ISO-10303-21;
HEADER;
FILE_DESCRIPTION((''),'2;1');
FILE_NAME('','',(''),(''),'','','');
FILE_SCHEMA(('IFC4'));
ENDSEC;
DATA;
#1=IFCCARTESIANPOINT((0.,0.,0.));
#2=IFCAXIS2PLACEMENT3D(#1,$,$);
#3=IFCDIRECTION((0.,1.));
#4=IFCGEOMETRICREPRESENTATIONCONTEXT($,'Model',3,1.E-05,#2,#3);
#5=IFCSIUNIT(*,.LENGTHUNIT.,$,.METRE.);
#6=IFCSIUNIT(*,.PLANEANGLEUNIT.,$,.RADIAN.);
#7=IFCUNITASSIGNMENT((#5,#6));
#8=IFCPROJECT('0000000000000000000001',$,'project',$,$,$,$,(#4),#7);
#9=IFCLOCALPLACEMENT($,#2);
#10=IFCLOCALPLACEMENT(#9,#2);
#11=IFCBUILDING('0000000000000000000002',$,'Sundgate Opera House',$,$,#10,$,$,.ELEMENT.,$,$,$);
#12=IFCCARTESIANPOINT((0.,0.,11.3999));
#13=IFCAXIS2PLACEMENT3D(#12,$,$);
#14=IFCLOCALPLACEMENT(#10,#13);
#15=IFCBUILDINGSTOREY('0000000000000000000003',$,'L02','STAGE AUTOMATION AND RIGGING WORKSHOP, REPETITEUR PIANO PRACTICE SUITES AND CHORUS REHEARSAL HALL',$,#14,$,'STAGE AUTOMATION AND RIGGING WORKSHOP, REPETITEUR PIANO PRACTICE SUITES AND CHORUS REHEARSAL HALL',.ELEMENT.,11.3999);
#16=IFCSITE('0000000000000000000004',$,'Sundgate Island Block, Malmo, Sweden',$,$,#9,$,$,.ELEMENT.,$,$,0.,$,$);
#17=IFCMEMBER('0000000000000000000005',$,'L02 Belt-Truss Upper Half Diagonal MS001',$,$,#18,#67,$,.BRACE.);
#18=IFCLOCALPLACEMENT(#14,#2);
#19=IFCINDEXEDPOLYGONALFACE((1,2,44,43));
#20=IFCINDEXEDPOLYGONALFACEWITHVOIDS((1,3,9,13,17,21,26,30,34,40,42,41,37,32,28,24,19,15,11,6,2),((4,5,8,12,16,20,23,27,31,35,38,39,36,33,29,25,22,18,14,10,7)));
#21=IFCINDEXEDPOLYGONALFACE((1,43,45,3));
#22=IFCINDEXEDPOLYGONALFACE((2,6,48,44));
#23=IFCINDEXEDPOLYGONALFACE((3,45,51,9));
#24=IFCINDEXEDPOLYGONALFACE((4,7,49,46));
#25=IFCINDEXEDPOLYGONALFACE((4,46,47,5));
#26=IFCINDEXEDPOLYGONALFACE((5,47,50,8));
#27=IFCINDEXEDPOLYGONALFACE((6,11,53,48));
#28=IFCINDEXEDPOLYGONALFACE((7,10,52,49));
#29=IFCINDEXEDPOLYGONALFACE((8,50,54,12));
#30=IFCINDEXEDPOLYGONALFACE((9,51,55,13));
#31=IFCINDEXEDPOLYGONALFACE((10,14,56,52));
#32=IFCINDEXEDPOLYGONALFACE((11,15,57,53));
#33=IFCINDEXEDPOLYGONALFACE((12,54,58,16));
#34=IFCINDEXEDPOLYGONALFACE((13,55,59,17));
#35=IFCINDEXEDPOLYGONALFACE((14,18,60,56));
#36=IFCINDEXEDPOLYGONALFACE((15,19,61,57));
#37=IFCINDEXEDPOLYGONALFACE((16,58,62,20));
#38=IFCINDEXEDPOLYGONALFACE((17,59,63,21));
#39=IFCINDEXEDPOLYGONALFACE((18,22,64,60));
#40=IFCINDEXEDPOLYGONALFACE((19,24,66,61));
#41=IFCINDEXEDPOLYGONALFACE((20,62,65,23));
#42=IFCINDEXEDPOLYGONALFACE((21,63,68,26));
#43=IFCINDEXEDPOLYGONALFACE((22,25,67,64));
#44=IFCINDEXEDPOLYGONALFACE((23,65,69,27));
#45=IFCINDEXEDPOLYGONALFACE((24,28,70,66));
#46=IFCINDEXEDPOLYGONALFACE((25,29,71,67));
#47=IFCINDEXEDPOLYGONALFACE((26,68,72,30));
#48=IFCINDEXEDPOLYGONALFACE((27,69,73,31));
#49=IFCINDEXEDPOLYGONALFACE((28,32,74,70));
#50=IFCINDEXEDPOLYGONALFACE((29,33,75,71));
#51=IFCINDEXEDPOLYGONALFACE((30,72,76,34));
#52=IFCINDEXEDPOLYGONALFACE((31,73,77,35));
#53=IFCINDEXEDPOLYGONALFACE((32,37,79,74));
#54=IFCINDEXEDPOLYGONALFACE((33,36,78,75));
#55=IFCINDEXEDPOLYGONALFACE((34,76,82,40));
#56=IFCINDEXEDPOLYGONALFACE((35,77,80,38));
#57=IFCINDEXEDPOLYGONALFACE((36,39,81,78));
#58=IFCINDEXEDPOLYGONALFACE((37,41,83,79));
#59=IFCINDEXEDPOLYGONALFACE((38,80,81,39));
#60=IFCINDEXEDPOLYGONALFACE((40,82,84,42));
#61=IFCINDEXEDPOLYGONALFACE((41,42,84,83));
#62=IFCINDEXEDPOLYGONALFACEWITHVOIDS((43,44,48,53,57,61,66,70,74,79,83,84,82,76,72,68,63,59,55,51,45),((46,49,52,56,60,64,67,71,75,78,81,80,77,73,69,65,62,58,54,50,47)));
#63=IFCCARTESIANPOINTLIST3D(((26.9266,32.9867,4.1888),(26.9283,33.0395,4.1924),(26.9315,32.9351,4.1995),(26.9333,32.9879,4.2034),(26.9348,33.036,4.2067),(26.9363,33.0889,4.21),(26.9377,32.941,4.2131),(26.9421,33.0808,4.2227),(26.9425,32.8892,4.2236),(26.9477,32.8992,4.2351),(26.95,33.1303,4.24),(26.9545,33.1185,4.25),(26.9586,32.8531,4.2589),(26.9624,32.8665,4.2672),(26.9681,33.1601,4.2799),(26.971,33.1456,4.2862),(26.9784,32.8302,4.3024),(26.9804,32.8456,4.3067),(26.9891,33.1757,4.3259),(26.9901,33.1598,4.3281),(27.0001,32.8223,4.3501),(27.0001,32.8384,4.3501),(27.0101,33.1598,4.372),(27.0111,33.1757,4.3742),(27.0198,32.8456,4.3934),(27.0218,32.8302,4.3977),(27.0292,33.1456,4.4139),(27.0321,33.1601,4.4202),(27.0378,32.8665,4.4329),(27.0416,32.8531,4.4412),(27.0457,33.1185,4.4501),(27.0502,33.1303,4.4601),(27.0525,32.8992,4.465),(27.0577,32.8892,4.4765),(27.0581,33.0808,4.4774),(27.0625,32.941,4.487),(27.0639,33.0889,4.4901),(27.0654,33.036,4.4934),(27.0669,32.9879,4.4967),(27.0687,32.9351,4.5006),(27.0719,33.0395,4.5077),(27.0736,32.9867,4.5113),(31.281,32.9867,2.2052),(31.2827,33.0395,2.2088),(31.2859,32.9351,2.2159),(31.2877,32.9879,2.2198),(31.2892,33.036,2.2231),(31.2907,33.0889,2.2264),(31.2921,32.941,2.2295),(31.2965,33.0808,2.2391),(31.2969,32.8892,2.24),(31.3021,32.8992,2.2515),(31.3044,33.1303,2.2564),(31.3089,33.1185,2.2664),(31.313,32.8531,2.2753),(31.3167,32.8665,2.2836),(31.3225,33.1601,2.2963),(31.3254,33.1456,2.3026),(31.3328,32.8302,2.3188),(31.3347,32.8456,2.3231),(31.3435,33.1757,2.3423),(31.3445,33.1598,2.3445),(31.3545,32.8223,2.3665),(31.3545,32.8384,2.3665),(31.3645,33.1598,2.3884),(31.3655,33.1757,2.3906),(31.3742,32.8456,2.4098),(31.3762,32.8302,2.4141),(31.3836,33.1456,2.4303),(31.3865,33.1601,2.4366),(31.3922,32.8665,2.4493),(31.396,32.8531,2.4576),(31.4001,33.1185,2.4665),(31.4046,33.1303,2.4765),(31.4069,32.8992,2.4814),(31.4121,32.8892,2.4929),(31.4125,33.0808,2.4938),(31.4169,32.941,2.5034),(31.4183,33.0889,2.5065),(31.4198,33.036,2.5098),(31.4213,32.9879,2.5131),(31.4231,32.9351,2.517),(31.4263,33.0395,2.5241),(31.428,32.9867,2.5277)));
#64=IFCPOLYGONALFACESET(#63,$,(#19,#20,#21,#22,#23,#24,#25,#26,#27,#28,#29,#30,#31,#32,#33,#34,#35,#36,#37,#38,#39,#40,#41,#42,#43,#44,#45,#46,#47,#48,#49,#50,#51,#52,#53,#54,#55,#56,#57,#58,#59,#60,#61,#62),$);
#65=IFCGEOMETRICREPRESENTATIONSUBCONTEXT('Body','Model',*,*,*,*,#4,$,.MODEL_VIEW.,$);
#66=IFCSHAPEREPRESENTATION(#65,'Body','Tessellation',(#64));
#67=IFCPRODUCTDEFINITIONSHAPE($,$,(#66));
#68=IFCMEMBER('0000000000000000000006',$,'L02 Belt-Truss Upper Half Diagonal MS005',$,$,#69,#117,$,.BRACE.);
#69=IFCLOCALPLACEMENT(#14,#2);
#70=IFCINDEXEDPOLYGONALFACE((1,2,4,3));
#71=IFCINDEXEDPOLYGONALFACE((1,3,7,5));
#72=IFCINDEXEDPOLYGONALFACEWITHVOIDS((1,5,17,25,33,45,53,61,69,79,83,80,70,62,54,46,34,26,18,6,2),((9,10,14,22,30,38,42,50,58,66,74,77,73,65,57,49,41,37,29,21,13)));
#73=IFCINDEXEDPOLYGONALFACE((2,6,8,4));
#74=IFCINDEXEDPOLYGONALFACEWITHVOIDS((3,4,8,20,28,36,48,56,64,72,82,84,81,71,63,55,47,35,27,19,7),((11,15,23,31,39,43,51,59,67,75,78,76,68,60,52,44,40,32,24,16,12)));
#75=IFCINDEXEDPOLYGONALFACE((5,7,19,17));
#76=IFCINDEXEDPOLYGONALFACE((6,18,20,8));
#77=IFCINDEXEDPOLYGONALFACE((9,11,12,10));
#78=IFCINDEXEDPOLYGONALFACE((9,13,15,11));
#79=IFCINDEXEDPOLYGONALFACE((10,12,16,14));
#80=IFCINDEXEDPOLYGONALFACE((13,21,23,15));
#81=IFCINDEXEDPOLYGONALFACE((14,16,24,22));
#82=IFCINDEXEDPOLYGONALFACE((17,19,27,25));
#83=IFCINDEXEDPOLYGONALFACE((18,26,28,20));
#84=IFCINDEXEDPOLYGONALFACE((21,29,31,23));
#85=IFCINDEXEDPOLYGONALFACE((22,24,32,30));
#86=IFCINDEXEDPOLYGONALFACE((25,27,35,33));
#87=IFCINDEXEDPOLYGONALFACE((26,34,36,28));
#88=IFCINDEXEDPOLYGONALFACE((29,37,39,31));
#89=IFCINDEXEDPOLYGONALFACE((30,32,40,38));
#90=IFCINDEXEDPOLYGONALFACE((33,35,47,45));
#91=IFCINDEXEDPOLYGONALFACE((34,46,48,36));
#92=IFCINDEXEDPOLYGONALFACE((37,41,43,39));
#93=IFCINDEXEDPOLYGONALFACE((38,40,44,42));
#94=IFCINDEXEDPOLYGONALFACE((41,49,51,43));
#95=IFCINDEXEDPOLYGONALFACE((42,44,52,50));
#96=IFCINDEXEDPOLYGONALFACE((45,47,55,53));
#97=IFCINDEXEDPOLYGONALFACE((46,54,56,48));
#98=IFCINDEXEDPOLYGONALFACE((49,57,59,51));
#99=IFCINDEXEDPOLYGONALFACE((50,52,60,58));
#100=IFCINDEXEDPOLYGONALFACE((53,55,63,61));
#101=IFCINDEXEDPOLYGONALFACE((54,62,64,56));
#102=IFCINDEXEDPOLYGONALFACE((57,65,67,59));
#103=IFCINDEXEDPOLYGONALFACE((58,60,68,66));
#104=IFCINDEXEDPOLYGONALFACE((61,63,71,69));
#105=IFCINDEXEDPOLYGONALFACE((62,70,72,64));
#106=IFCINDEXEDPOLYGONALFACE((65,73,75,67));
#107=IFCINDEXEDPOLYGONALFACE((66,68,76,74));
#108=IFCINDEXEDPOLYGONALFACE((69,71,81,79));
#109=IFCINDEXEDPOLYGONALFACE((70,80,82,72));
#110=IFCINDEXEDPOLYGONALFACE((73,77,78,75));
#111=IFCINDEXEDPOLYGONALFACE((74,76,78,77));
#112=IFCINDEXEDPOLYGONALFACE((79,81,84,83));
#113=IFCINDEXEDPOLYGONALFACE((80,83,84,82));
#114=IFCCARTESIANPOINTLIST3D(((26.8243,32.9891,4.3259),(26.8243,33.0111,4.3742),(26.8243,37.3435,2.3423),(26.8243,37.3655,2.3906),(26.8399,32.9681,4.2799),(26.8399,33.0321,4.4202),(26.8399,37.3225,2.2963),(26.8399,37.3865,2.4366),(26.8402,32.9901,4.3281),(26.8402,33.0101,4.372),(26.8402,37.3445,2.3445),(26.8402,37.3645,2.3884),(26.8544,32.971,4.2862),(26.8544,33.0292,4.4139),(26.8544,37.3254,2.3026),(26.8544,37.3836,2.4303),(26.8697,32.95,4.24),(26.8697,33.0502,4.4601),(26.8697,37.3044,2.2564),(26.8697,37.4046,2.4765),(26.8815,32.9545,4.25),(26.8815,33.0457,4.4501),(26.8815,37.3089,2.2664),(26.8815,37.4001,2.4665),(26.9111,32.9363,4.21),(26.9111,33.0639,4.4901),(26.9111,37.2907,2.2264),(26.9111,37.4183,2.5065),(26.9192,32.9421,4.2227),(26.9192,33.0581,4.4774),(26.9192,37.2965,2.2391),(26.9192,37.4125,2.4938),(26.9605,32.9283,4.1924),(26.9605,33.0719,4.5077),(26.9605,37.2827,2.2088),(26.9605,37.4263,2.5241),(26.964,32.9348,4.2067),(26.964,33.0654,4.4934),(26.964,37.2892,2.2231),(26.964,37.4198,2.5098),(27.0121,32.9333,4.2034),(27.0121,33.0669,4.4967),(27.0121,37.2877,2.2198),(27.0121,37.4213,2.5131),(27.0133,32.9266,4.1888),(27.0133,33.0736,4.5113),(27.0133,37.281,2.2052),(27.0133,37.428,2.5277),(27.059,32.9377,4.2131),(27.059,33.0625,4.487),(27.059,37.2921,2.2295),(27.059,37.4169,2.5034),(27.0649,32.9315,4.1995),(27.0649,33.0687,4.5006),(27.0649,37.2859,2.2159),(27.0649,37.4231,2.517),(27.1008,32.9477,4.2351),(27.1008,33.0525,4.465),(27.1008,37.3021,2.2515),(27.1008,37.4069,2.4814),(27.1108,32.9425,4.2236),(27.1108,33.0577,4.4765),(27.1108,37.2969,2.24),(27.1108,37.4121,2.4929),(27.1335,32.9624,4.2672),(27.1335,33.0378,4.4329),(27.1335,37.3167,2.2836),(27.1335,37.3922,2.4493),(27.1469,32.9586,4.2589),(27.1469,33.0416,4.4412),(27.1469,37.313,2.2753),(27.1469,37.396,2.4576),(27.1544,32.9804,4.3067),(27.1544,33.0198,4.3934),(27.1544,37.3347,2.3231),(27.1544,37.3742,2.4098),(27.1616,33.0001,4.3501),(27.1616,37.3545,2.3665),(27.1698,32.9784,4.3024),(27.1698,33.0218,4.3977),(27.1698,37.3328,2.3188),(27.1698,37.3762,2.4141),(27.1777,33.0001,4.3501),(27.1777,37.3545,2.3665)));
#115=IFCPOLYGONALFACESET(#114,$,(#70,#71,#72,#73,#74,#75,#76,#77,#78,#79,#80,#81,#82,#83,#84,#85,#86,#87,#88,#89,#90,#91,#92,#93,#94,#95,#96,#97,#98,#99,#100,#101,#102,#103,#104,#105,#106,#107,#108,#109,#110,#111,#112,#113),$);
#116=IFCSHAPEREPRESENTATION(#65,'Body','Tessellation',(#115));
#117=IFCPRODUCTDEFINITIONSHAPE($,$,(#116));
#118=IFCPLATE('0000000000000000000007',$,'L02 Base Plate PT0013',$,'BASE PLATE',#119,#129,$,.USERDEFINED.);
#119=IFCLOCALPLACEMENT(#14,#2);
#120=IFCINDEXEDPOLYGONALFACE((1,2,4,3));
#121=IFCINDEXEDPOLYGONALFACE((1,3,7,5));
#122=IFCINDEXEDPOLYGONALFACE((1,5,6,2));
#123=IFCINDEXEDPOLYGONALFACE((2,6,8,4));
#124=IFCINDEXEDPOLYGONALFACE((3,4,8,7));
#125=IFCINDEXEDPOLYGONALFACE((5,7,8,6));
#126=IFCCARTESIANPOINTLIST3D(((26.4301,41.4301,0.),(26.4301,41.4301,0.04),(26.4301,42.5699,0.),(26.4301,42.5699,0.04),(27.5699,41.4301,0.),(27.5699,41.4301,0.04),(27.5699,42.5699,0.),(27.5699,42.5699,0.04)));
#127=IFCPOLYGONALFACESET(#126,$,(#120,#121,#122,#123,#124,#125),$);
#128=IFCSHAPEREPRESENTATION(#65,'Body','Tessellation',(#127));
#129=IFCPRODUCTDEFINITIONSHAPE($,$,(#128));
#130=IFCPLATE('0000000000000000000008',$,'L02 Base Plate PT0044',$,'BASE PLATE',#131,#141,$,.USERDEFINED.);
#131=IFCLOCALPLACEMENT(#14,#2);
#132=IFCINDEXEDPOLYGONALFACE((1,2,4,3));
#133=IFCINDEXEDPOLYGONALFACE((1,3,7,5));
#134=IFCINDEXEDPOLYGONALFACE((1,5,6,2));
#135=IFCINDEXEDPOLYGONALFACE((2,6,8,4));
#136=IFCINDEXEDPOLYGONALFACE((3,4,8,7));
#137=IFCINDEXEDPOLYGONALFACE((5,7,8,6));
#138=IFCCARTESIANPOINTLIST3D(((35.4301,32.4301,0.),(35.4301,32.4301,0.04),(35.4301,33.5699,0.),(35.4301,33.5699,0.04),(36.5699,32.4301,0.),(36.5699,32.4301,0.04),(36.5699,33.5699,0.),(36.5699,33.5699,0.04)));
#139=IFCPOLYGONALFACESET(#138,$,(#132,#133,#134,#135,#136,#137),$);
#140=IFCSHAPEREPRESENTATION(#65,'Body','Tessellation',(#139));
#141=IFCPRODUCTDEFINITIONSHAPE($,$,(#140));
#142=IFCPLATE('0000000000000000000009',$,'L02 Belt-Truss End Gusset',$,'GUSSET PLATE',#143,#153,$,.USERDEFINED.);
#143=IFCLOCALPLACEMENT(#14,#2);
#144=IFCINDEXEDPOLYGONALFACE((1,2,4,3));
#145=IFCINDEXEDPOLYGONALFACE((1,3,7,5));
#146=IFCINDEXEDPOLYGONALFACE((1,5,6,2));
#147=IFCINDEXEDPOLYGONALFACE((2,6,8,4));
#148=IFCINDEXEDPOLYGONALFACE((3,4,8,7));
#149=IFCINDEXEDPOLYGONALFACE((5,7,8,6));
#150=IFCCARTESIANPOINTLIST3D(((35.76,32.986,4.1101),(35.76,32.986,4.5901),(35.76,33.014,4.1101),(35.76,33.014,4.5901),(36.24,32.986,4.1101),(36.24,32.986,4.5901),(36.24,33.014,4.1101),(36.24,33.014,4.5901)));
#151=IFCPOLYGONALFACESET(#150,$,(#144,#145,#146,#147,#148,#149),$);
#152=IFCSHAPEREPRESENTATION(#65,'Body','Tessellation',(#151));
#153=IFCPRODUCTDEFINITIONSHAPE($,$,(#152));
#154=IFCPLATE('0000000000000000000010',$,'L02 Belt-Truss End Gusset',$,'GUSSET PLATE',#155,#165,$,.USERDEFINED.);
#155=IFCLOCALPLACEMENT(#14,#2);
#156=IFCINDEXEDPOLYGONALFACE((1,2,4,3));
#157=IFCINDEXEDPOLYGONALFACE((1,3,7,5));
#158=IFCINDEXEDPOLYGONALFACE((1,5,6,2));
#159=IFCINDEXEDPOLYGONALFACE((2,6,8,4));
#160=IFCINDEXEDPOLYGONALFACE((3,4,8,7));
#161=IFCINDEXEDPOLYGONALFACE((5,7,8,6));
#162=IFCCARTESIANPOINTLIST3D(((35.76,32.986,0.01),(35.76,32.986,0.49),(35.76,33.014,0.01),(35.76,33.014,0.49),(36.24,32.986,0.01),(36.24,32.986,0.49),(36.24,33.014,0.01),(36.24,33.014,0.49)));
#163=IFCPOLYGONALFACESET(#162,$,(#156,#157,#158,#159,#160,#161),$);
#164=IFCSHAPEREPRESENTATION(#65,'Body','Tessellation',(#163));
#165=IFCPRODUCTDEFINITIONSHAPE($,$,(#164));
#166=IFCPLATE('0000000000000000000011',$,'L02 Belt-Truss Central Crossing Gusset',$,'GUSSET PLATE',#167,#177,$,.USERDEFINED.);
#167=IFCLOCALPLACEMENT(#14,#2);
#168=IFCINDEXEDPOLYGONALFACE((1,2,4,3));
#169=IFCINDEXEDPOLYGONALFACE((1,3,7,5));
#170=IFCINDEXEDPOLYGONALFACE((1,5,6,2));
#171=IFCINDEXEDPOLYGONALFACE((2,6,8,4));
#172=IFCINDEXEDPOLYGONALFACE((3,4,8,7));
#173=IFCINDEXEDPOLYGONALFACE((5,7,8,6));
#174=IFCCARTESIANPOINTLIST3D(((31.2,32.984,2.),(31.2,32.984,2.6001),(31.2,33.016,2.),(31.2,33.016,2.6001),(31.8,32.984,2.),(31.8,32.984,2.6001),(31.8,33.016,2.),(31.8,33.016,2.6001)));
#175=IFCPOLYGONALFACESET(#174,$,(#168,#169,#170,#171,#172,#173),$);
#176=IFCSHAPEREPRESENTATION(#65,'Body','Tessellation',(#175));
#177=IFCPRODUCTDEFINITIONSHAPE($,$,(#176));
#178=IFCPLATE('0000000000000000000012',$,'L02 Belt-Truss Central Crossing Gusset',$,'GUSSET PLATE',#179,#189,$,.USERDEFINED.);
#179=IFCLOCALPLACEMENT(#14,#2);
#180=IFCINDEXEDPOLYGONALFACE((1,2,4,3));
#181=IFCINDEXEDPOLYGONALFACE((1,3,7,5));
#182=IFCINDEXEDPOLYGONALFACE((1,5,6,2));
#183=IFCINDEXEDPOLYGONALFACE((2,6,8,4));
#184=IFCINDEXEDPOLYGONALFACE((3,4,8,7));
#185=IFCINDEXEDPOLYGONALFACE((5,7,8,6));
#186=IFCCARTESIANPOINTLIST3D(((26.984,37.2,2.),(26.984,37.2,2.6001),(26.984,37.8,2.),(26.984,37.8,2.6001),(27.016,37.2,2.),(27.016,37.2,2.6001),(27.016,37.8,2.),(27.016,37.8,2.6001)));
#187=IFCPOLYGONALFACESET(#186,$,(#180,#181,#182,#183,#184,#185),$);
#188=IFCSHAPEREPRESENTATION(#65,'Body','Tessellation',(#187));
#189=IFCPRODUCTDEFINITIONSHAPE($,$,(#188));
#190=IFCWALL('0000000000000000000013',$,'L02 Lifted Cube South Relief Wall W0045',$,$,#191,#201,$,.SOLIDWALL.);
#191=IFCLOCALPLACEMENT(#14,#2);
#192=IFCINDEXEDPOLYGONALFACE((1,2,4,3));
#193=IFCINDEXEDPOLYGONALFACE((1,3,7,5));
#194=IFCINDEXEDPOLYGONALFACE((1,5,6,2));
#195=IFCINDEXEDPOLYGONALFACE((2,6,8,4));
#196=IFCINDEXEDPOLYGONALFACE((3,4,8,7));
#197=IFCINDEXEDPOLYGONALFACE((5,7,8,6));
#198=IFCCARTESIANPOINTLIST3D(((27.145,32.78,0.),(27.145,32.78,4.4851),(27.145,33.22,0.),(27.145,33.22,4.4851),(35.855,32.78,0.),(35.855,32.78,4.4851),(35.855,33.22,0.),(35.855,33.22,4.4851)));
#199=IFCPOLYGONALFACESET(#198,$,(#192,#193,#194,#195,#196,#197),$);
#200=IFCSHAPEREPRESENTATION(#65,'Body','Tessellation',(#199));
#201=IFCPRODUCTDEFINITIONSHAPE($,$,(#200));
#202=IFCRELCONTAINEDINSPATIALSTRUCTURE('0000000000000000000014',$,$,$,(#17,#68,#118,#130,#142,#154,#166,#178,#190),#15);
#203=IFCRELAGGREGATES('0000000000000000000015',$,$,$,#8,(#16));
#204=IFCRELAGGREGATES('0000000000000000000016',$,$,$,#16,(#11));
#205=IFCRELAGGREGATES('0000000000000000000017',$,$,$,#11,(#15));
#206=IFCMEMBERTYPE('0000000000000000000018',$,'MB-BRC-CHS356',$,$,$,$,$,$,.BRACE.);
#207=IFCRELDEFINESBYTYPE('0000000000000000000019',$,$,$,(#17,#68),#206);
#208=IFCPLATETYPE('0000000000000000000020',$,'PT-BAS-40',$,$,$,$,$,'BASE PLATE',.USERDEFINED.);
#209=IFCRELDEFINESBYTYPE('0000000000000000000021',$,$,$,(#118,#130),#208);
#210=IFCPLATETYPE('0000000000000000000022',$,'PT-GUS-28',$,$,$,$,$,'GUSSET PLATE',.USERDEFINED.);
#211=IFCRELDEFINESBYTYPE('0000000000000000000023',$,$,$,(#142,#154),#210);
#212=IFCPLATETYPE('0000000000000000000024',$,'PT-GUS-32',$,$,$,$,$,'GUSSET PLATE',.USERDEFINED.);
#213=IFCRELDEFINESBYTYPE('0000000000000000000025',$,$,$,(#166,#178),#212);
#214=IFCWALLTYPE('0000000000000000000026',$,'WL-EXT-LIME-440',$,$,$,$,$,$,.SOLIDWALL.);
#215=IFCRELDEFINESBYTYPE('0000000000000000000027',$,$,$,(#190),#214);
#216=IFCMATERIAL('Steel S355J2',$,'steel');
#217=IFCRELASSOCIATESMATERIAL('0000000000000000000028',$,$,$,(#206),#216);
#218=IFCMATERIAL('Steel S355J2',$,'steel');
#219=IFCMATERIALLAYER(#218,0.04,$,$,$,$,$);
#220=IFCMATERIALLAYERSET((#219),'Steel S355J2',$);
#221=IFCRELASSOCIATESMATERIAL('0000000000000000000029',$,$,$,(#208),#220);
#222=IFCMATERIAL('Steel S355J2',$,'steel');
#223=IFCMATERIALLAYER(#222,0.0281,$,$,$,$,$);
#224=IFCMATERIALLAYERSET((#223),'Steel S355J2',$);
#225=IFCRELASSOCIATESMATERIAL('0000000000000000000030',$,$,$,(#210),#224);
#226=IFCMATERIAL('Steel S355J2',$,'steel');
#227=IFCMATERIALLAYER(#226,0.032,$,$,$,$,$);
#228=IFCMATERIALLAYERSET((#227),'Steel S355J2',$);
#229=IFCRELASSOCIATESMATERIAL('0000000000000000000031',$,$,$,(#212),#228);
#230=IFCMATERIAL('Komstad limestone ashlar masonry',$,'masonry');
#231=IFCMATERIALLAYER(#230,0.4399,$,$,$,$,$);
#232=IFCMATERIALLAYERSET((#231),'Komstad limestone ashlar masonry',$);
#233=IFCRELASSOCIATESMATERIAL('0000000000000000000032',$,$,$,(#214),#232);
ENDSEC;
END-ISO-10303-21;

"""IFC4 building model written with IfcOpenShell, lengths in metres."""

from ifc_helpers import new_model, si_unit, direction, frame, frame_2d, origin, origin_2d, place, context, subcontext, project, spatial, rectangle, hollow_circle, extrude, material, layer, layer_set, material_profile, profile_set, type_object, element, save


model = new_model("IFC4")

# Units and contexts
model_context = context("Model", 3, precision=1e-05, world=origin(), true_north=direction((0.0, 1.0)))
body_context = subcontext(model_context, "Body", "Model", "MODEL_VIEW")
ifc_project = project(units=[si_unit("LENGTHUNIT", "METRE"), si_unit("PLANEANGLEUNIT", "RADIAN")], contexts=[model_context])

# Site, building, storey
site_placement = place(None, origin())
site = spatial("IfcSite", under=ifc_project, at=site_placement, Name="Sundgate Island Block, Malmo, Sweden", CompositionType="ELEMENT", RefElevation=0.0)
building_placement = place(site_placement, origin())
building = spatial("IfcBuilding", under=site, at=building_placement, Name="Sundgate Opera House", CompositionType="ELEMENT")
storey_placement = place(building_placement, frame((0.0, 0.0, 11.3999)))
storey = spatial("IfcBuildingStorey", under=building, at=storey_placement, Name="L02", Description="STAGE AUTOMATION AND RIGGING WORKSHOP, REPETITEUR PIANO PRACTICE SUITES AND CHORUS REHEARSAL HALL", LongName="STAGE AUTOMATION AND RIGGING WORKSHOP, REPETITEUR PIANO PRACTICE SUITES AND CHORUS REHEARSAL HALL", CompositionType="ELEMENT", Elevation=11.3999)

# Members
ifc_material_1 = material(Name="Steel S355J2", Category="steel")
ifc_material_profile_1 = material_profile(ifc_material_1, hollow_circle(Radius=0.1777, WallThickness=0.0161, at=origin_2d()), Name="CHS 355.6x16.0")
ifc_profile_set_1 = profile_set([ifc_material_profile_1], Name="Steel S355J2")
member_type = type_object("IfcMemberType", Name="MB-BRC-CHS356", PredefinedType="BRACE", material=ifc_profile_set_1)
for number, where, z_axis, x_axis, name in (
    (1, (31.3545, 33.0, 2.3665), (-0.910025, 0.0, 0.414552), (0.0, -1.0, 0.0), "L02 Belt-Truss Upper Half Diagonal MS001"),
    (2, (27.0, 37.3545, 2.3665), (0.0, -0.910025, 0.414552), (1.0, 0.0, 0.0), "L02 Belt-Truss Upper Half Diagonal MS005"),
):
    element("IfcMember", number, at=place(storey_placement, frame(where, z_axis=z_axis, x_axis=x_axis)), inside=storey, type_object=member_type, Name=name, PredefinedType="BRACE", context=body_context, shape_type="SweptSolid", body=[
        extrude(hollow_circle(Radius=0.1777, WallThickness=0.0161, at=origin_2d()), origin(), (0.0, 0.0, 1.0), 4.7849),
    ])

# Plates
ifc_material_2 = material(Name="Steel S355J2", Category="steel")
ifc_layer_1 = layer(ifc_material_2, 0.04)
ifc_layer_set_1 = layer_set([ifc_layer_1], Name="Steel S355J2")
plate_type_1 = type_object("IfcPlateType", Name="PT-BAS-40", ElementType="BASE PLATE", PredefinedType="USERDEFINED", material=ifc_layer_set_1)
for number, where, z_axis, x_axis, name in (
    (3, (27.0, 42.0, 0.0), (0.0, 0.0, 1.0), (1.0, 0.0, 0.0), "L02 Base Plate PT0013"),
    (4, (36.0, 33.0, 0.0), (0.0, 0.0, 1.0), (1.0, 0.0, 0.0), "L02 Base Plate PT0044"),
):
    element("IfcPlate", number, at=place(storey_placement, frame(where, z_axis=z_axis, x_axis=x_axis)), inside=storey, type_object=plate_type_1, Name=name, ObjectType="BASE PLATE", PredefinedType="USERDEFINED", context=body_context, shape_type="SweptSolid", body=[
        extrude(rectangle(XDim=1.1399, YDim=1.1399, at=origin_2d()), origin(), (0.0, 0.0, 1.0), 0.04),
    ])
ifc_material_3 = material(Name="Steel S355J2", Category="steel")
ifc_layer_2 = layer(ifc_material_3, 0.0281)
ifc_layer_set_2 = layer_set([ifc_layer_2], Name="Steel S355J2")
plate_type_2 = type_object("IfcPlateType", Name="PT-GUS-28", ElementType="GUSSET PLATE", PredefinedType="USERDEFINED", material=ifc_layer_set_2)
for number, where, z_axis, x_axis, name in (
    (5, (36.0, 33.0, 4.1101), (0.0, 0.0, 1.0), (1.0, 0.0, 0.0), "L02 Belt-Truss End Gusset"),
    (6, (36.0, 33.0, 0.01), (0.0, 0.0, 1.0), (1.0, 0.0, 0.0), "L02 Belt-Truss End Gusset"),
):
    element("IfcPlate", number, at=place(storey_placement, frame(where, z_axis=z_axis, x_axis=x_axis)), inside=storey, type_object=plate_type_2, Name=name, ObjectType="GUSSET PLATE", PredefinedType="USERDEFINED", context=body_context, shape_type="SweptSolid", body=[
        extrude(rectangle(XDim=0.48, YDim=0.0281, at=origin_2d()), origin(), (0.0, 0.0, 1.0), 0.48),
    ])
ifc_material_4 = material(Name="Steel S355J2", Category="steel")
ifc_layer_3 = layer(ifc_material_4, 0.032)
ifc_layer_set_3 = layer_set([ifc_layer_3], Name="Steel S355J2")
plate_type_3 = type_object("IfcPlateType", Name="PT-GUS-32", ElementType="GUSSET PLATE", PredefinedType="USERDEFINED", material=ifc_layer_set_3)
plate_1_placement = place(storey_placement, frame((31.5, 33.0, 2.0), z_axis=(0.0, 0.0, 1.0), x_axis=(1.0, 0.0, 0.0)))
element("IfcPlate", 7, at=plate_1_placement, inside=storey, type_object=plate_type_3, Name="L02 Belt-Truss Central Crossing Gusset", ObjectType="GUSSET PLATE", PredefinedType="USERDEFINED", context=body_context, shape_type="SweptSolid", body=[
    extrude(rectangle(XDim=0.6001, YDim=0.032, at=origin_2d()), origin(), (0.0, 0.0, 1.0), 0.6001),
])
plate_2_placement = place(storey_placement, frame((27.0, 37.5, 2.0), z_axis=(0.0, 0.0, 1.0), x_axis=(1.0, 0.0, 0.0)))
element("IfcPlate", 8, at=plate_2_placement, inside=storey, type_object=plate_type_3, Name="L02 Belt-Truss Central Crossing Gusset", ObjectType="GUSSET PLATE", PredefinedType="USERDEFINED", context=body_context, shape_type="SweptSolid", body=[
    extrude(rectangle(XDim=0.032, YDim=0.6001, at=origin_2d()), origin(), (0.0, 0.0, 1.0), 0.6001),
])

# Wall
ifc_material_5 = material(Name="Komstad limestone ashlar masonry", Category="masonry")
ifc_layer_4 = layer(ifc_material_5, 0.4399)
ifc_layer_set_4 = layer_set([ifc_layer_4], Name="Komstad limestone ashlar masonry")
wall_type_1 = type_object("IfcWallType", Name="WL-EXT-LIME-440", PredefinedType="SOLIDWALL", material=ifc_layer_set_4)
wall_1_placement = place(storey_placement, frame((35.855, 33.0, 0.0), z_axis=(0.0, 0.0, 1.0), x_axis=(-1.0, 0.0, 0.0)))
element("IfcWall", 9, at=wall_1_placement, inside=storey, type_object=wall_type_1, Name="L02 Lifted Cube South Relief Wall W0045", PredefinedType="SOLIDWALL", context=body_context, shape_type="SweptSolid", body=[
    extrude(rectangle(XDim=8.71, YDim=0.4399, at=frame_2d((4.355, 0.0))), origin(), (0.0, 0.0, 1.0), 4.4851),
])

save(model, "model.ifc")
